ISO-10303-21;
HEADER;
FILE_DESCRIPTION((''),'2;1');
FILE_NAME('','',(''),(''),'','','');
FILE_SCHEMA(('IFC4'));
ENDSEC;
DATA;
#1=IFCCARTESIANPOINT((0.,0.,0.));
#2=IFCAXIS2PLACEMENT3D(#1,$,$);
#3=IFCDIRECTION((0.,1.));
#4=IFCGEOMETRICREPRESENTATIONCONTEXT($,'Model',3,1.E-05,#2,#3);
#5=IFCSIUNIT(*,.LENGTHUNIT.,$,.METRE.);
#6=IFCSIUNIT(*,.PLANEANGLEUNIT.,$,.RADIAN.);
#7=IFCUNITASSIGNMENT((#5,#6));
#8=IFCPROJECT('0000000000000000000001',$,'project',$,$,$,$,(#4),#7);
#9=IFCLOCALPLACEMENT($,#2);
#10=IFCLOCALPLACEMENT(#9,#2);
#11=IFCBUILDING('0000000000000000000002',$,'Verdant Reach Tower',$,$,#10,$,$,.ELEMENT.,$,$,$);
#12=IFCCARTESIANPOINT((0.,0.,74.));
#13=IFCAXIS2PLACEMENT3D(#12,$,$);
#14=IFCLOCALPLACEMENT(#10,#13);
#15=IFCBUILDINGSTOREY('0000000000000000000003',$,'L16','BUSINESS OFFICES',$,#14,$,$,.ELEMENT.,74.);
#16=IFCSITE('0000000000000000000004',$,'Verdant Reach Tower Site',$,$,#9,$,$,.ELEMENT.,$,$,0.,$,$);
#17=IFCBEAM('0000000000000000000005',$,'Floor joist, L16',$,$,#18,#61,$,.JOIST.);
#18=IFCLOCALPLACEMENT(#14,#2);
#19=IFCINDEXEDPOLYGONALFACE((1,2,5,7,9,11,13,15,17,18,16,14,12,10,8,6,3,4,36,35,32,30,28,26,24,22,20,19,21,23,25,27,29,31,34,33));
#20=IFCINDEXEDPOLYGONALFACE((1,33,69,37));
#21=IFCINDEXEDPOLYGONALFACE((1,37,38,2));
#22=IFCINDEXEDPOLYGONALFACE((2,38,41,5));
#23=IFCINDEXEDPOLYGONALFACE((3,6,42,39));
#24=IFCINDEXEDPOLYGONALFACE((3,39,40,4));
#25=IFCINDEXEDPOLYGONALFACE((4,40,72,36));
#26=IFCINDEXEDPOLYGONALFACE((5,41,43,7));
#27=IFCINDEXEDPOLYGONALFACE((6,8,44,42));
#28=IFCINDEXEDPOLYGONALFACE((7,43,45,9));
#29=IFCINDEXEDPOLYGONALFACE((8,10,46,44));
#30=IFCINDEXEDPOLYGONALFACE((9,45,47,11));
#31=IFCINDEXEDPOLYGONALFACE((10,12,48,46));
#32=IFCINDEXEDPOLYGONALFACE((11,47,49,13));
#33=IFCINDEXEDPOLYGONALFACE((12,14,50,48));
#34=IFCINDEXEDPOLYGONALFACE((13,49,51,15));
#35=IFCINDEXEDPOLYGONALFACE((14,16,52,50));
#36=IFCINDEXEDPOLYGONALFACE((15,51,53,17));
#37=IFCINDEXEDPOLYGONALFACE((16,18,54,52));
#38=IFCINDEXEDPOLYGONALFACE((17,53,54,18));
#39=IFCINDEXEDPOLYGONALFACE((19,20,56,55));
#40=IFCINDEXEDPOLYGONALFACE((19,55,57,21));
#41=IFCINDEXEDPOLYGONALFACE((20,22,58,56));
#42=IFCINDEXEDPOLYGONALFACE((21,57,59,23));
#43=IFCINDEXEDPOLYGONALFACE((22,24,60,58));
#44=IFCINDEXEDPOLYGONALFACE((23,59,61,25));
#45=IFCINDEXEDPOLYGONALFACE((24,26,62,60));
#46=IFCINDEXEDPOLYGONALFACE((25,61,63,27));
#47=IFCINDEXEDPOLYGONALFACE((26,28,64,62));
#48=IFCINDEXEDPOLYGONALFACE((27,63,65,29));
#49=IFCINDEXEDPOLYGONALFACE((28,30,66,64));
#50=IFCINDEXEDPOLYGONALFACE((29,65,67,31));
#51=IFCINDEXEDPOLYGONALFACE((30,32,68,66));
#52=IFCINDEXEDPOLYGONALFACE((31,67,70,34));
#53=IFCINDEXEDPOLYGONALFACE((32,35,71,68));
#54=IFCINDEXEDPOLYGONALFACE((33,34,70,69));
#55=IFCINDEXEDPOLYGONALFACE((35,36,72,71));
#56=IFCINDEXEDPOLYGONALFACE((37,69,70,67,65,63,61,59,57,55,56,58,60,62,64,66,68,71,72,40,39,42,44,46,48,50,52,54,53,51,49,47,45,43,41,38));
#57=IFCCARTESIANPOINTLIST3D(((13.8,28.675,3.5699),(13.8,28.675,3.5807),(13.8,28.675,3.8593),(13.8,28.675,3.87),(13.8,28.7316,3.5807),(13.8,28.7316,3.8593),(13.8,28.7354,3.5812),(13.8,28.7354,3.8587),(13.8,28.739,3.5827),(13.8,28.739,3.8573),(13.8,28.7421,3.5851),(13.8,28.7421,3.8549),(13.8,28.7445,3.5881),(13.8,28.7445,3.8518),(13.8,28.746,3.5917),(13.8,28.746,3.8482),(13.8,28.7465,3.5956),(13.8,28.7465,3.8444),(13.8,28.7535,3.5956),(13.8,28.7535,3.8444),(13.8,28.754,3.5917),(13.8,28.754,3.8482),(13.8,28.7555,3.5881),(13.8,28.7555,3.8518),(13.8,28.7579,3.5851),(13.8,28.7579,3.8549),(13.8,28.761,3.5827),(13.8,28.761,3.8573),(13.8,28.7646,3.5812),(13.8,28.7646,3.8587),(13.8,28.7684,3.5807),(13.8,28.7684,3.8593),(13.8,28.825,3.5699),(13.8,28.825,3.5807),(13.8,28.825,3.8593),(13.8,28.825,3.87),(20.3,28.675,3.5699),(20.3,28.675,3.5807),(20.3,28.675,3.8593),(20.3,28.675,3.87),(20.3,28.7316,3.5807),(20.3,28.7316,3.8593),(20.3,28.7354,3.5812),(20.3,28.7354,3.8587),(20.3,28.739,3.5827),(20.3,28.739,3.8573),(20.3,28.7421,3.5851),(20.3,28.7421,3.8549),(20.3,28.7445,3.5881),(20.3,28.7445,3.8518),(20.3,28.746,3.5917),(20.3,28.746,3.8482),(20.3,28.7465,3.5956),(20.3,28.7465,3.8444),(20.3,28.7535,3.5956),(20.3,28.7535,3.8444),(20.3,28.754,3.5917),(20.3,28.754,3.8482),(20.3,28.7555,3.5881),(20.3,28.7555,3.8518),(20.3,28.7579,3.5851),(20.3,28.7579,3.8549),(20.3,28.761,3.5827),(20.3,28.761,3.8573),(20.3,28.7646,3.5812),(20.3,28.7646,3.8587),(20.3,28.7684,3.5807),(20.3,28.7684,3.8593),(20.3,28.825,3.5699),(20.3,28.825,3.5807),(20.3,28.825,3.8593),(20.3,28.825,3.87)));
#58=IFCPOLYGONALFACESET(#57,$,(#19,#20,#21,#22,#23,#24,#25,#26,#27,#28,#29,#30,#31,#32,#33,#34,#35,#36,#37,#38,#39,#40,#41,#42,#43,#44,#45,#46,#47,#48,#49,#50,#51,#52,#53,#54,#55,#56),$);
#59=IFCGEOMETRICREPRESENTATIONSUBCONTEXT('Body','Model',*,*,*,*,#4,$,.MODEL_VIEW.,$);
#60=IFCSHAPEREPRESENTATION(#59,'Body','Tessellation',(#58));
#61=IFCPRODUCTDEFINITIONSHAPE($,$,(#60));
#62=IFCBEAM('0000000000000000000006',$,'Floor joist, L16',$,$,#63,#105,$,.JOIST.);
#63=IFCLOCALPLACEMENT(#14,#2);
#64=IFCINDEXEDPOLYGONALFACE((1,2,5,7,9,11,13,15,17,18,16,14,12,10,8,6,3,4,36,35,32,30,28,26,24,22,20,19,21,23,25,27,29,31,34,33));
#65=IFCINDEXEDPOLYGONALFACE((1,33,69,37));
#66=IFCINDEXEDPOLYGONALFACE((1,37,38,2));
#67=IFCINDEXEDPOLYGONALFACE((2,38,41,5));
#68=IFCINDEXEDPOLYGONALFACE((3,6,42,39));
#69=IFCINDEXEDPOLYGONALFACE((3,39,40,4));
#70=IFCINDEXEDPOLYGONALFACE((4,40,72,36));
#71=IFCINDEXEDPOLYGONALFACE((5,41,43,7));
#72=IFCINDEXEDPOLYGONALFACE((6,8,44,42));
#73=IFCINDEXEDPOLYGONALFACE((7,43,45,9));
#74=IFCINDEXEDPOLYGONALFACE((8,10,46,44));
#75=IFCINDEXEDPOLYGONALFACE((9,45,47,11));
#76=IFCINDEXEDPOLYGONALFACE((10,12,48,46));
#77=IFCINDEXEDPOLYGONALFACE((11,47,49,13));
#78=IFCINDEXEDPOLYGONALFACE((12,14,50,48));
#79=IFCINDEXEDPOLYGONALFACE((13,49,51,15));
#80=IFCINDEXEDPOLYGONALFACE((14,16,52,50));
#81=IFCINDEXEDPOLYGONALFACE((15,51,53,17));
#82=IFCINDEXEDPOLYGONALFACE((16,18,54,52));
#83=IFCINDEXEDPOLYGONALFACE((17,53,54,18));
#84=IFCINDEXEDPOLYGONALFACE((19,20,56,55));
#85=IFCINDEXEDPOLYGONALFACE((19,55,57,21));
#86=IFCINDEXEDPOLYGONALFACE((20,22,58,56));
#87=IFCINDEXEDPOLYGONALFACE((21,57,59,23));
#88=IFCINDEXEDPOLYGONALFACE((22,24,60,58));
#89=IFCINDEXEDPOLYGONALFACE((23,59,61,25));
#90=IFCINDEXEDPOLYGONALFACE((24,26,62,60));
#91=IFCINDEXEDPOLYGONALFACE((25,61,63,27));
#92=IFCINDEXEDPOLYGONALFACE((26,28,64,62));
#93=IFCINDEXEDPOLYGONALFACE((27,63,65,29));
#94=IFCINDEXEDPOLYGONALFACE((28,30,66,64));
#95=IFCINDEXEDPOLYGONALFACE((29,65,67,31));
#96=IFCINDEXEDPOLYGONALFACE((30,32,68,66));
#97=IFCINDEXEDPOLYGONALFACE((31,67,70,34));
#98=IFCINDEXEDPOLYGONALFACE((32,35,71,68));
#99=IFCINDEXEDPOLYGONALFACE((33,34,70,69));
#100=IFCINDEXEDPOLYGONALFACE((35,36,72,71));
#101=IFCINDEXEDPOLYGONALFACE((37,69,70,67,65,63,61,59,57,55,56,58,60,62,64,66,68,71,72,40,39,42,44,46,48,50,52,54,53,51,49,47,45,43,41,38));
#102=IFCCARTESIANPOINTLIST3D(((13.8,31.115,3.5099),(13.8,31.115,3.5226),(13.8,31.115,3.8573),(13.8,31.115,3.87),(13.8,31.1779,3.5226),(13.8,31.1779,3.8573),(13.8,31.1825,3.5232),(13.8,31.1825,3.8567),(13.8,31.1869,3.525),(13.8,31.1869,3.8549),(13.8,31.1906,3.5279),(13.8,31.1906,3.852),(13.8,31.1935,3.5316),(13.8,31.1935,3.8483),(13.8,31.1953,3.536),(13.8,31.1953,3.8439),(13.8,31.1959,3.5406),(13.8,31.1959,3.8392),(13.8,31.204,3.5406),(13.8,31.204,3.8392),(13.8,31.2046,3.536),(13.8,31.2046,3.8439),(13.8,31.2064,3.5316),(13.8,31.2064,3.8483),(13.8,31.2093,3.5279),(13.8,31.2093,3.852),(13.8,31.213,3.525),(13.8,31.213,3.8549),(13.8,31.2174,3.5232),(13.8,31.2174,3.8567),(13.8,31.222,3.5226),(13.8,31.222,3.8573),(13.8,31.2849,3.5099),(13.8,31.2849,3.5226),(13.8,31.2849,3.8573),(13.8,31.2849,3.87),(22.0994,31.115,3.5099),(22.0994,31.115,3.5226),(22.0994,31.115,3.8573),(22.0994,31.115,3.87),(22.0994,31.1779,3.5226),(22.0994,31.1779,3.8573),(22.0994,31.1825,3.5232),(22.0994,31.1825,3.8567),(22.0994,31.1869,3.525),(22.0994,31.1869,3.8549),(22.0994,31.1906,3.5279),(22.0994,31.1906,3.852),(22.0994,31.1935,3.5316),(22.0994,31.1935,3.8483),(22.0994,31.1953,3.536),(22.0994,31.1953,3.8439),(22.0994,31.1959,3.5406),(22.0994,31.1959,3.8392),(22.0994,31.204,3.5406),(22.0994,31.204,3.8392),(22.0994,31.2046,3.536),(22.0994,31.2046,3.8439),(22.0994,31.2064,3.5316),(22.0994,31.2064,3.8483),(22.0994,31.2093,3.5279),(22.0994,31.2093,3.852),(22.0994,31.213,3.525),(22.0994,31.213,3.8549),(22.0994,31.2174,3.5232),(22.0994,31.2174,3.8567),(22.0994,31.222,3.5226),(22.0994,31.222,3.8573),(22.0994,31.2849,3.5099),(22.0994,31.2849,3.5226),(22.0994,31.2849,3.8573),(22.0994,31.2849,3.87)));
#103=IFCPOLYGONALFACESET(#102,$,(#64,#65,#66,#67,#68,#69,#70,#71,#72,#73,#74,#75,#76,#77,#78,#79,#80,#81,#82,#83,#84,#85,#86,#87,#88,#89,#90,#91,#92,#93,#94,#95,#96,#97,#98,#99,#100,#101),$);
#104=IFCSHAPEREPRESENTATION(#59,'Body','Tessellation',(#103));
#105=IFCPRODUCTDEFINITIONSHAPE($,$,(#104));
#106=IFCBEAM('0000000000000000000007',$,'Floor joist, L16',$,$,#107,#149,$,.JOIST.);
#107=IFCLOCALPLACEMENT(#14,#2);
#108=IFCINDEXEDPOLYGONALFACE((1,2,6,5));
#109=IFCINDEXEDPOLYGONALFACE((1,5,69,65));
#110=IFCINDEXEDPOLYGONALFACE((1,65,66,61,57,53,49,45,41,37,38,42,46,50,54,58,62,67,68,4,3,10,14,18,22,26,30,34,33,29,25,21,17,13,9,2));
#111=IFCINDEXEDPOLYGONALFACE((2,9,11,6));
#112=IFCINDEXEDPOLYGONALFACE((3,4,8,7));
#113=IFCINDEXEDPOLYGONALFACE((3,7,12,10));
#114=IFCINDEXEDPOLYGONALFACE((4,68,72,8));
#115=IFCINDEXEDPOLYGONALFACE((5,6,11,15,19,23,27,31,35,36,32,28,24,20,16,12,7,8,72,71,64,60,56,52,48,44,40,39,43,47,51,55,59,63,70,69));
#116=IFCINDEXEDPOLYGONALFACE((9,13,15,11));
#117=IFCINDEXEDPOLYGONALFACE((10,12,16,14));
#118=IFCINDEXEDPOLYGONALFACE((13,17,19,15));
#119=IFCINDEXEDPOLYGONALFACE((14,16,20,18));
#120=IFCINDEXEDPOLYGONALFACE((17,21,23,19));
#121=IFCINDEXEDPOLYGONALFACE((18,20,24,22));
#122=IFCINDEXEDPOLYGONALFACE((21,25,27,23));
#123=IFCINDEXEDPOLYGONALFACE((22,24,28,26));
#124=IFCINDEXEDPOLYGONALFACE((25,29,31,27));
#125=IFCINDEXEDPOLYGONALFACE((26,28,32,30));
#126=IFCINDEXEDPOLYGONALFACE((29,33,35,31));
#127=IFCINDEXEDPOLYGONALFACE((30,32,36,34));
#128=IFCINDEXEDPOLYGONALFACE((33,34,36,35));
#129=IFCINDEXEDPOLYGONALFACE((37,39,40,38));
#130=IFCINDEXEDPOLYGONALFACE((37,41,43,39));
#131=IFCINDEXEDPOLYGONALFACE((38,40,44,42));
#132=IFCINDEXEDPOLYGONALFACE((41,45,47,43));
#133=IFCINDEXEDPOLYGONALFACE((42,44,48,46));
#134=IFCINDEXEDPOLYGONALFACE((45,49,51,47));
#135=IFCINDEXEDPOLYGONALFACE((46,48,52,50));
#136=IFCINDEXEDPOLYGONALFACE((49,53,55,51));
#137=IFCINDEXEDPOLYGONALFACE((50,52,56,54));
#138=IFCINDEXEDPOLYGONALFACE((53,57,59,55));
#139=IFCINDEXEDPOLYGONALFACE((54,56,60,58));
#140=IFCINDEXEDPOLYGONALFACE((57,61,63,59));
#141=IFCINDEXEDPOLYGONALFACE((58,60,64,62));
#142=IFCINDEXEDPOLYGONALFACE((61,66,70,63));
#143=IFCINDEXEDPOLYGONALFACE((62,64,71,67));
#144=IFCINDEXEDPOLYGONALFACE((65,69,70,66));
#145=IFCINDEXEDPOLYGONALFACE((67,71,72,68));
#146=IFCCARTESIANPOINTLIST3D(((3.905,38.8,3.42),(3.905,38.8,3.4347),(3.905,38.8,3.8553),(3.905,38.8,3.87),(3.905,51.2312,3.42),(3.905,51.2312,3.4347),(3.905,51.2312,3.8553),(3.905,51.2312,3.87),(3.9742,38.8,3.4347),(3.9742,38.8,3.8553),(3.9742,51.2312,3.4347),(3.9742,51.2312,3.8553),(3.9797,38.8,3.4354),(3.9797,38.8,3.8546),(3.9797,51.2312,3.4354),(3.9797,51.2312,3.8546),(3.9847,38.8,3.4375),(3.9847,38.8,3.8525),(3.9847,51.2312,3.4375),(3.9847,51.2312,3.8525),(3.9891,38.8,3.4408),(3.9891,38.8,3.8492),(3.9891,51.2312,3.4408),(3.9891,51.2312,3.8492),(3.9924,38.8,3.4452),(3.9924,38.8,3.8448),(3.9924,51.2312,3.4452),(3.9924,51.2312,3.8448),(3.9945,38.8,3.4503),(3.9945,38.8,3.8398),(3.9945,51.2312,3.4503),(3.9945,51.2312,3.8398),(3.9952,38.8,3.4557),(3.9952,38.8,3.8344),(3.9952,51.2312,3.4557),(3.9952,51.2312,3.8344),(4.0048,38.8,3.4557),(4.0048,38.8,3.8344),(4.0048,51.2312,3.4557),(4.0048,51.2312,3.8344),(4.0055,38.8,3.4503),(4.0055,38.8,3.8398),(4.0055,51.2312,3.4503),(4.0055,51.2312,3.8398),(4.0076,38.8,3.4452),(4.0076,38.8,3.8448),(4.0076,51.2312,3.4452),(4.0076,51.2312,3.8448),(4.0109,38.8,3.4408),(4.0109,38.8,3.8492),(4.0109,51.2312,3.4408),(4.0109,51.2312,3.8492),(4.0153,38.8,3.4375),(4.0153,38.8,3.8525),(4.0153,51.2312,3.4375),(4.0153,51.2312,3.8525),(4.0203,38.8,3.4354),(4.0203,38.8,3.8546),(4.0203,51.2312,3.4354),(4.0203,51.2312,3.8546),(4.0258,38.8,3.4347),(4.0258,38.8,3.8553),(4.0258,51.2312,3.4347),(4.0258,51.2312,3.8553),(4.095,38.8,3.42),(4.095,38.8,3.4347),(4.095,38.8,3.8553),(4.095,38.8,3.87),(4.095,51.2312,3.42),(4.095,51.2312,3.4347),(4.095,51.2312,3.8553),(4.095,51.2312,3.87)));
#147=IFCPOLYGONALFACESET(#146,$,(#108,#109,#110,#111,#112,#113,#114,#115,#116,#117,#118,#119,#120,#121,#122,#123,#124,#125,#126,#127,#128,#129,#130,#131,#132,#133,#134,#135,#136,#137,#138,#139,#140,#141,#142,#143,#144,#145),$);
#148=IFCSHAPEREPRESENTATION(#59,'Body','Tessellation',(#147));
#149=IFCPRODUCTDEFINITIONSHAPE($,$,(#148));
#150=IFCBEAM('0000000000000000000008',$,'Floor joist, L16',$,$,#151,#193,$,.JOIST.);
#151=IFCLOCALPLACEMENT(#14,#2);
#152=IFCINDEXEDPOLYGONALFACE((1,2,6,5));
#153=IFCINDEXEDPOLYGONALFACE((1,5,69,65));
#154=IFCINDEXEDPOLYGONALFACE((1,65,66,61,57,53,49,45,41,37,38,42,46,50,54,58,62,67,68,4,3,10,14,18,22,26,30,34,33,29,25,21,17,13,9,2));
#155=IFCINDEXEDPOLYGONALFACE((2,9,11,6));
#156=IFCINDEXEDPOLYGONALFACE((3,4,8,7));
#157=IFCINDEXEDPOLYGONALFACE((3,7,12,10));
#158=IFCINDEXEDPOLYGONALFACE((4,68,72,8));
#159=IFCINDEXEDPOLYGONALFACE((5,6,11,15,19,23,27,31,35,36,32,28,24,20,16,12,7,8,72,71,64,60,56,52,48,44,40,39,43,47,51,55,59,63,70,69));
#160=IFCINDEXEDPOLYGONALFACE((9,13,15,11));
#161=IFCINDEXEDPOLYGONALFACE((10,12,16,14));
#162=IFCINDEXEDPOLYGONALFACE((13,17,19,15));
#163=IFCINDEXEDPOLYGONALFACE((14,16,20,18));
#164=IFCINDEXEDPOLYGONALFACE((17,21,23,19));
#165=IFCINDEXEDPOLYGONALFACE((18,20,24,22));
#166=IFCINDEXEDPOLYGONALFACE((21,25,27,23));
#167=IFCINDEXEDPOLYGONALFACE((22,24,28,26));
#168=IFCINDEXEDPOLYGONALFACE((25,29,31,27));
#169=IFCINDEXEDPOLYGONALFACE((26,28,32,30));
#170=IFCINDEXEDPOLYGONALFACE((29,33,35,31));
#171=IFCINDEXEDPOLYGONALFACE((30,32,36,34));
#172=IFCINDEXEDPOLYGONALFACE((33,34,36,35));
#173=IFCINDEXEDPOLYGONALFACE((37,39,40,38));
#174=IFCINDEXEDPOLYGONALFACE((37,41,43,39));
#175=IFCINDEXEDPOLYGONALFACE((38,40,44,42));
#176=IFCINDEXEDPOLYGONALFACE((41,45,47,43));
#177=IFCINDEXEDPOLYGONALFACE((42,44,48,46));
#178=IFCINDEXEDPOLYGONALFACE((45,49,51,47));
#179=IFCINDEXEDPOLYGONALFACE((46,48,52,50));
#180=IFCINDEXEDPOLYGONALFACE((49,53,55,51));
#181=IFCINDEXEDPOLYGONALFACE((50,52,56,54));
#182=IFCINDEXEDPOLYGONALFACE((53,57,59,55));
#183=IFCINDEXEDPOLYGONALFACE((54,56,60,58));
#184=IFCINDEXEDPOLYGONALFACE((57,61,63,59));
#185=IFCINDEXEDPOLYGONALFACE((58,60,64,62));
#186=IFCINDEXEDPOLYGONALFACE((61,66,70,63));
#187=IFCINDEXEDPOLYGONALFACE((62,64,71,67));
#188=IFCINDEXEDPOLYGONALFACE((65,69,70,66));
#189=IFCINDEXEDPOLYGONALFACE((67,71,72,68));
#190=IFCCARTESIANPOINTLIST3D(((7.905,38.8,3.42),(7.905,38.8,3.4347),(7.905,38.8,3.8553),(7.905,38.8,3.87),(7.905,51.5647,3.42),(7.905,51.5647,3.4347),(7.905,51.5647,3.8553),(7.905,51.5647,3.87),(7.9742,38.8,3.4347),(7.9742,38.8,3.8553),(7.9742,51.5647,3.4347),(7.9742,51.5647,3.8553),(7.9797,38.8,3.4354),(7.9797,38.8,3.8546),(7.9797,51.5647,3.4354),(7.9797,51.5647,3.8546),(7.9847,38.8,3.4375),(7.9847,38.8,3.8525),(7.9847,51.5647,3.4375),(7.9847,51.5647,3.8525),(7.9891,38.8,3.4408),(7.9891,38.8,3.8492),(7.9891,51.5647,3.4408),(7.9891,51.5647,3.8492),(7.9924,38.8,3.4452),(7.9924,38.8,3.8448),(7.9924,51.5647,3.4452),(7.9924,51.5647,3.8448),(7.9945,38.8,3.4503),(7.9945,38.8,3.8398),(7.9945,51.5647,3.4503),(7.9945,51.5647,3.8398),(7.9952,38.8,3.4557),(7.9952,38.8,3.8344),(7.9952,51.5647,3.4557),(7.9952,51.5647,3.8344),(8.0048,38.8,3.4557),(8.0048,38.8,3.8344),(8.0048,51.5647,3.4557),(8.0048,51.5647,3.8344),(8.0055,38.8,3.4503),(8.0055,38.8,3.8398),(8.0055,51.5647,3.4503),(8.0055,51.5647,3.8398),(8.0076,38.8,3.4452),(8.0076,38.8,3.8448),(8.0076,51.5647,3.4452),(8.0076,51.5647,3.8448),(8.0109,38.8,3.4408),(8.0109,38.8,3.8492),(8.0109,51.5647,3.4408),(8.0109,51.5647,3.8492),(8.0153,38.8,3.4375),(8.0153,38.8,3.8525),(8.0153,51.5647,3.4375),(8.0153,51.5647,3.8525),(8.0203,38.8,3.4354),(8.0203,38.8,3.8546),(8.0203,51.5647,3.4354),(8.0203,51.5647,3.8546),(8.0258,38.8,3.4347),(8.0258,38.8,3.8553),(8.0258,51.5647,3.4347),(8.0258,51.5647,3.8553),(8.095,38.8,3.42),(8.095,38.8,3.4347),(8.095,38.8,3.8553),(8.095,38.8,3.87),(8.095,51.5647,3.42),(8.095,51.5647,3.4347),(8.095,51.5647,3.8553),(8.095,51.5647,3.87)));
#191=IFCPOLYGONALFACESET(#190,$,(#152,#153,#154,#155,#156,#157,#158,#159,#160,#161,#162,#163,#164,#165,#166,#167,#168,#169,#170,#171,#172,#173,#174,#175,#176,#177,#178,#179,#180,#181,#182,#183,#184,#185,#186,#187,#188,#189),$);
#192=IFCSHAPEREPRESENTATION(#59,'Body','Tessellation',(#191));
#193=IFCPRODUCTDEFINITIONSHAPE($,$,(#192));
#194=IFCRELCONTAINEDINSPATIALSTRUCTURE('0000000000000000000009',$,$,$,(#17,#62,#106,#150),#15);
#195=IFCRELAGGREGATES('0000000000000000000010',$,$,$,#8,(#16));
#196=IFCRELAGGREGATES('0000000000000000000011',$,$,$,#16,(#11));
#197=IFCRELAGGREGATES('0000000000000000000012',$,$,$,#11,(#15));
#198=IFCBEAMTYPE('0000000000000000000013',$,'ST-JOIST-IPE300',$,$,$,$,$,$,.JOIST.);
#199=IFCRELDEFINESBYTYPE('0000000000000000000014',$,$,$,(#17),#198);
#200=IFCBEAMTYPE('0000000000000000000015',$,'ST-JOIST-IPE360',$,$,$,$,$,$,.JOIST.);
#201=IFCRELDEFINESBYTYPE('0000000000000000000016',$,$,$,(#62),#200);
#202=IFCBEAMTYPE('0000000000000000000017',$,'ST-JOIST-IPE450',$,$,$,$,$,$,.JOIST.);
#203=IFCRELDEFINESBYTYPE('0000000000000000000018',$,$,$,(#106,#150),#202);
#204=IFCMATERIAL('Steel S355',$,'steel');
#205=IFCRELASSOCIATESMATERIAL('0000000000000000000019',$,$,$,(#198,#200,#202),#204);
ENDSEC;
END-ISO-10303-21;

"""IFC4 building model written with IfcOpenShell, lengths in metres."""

from ifc_helpers import new_model, si_unit, direction, frame, origin, origin_2d, place, context, subcontext, project, spatial, i_section, extrude, material, material_profile, profile_set, type_object, element, save


model = new_model("IFC4")

# Units and contexts
model_context = context("Model", 3, precision=1e-05, world=origin(), true_north=direction((0.0, 1.0)))
body_context = subcontext(model_context, "Body", "Model", "MODEL_VIEW")
ifc_project = project(units=[si_unit("LENGTHUNIT", "METRE"), si_unit("PLANEANGLEUNIT", "RADIAN")], contexts=[model_context])

# Site, building, storey
site_placement = place(None, origin())
site = spatial("IfcSite", under=ifc_project, at=site_placement, Name="Verdant Reach Tower Site", CompositionType="ELEMENT", RefElevation=0.0)
building_placement = place(site_placement, origin())
building = spatial("IfcBuilding", under=site, at=building_placement, Name="Verdant Reach Tower", CompositionType="ELEMENT")
storey_placement = place(building_placement, frame((0.0, 0.0, 74.0)))
storey = spatial("IfcBuildingStorey", under=building, at=storey_placement, Name="L16", Description="BUSINESS OFFICES", CompositionType="ELEMENT", Elevation=74.0)

# Beams
ifc_material_1 = material(Name="Steel S355", Category="steel")
ifc_material_profile_1 = material_profile(ifc_material_1, i_section(OverallWidth=0.1499, OverallDepth=0.3, WebThickness=0.0071, FlangeThickness=0.0107, FilletRadius=0.0149, at=origin_2d()), Name="IPE 300")
ifc_profile_set_1 = profile_set([ifc_material_profile_1], Name="Steel S355")
beam_type_1 = type_object("IfcBeamType", Name="ST-JOIST-IPE300", PredefinedType="JOIST", material=ifc_profile_set_1)
beam_1_placement = place(storey_placement, frame((13.8, 28.75, 3.72), z_axis=(1.0, 0.0, 0.0), x_axis=(0.0, 1.0, 0.0)))
element("IfcBeam", 1, at=beam_1_placement, inside=storey, type_object=beam_type_1, Name="Floor joist, L16", PredefinedType="JOIST", context=body_context, shape_type="SweptSolid", body=[
    extrude(i_section(OverallWidth=0.1499, OverallDepth=0.3, WebThickness=0.0071, FlangeThickness=0.0107, FilletRadius=0.0149, at=origin_2d()), origin(), (0.0, 0.0, 1.0), 6.5),
])
ifc_material_profile_2 = material_profile(ifc_material_1, i_section(OverallWidth=0.1699, OverallDepth=0.3601, WebThickness=0.0081, FlangeThickness=0.0127, FilletRadius=0.0181, at=origin_2d()), Name="IPE 360")
ifc_profile_set_2 = profile_set([ifc_material_profile_2], Name="Steel S355")
beam_type_2 = type_object("IfcBeamType", Name="ST-JOIST-IPE360", PredefinedType="JOIST", material=ifc_profile_set_2)
beam_2_placement = place(storey_placement, frame((13.8, 31.2, 3.6899), z_axis=(1.0, 0.0, 0.0), x_axis=(0.0, 1.0, 0.0)))
element("IfcBeam", 2, at=beam_2_placement, inside=storey, type_object=beam_type_2, Name="Floor joist, L16", PredefinedType="JOIST", context=body_context, shape_type="SweptSolid", body=[
    extrude(i_section(OverallWidth=0.1699, OverallDepth=0.3601, WebThickness=0.0081, FlangeThickness=0.0127, FilletRadius=0.0181, at=origin_2d()), origin(), (0.0, 0.0, 1.0), 8.2993),
])
ifc_material_profile_3 = material_profile(ifc_material_1, i_section(OverallWidth=0.1899, OverallDepth=0.45, WebThickness=0.0095, FlangeThickness=0.0146, FilletRadius=0.021, at=origin_2d()), Name="IPE 450")
ifc_profile_set_3 = profile_set([ifc_material_profile_3], Name="Steel S355")
beam_type_3 = type_object("IfcBeamType", Name="ST-JOIST-IPE450", PredefinedType="JOIST", material=ifc_profile_set_3)
beam_3_placement = place(storey_placement, frame((4.0, 38.8, 3.645), z_axis=(0.0, 1.0, 0.0), x_axis=(-1.0, 0.0, 0.0)))
element("IfcBeam", 3, at=beam_3_placement, inside=storey, type_object=beam_type_3, Name="Floor joist, L16", PredefinedType="JOIST", context=body_context, shape_type="SweptSolid", body=[
    extrude(i_section(OverallWidth=0.1899, OverallDepth=0.45, WebThickness=0.0095, FlangeThickness=0.0146, FilletRadius=0.021, at=origin_2d()), origin(), (0.0, 0.0, 1.0), 12.4312),
])
beam_4_placement = place(storey_placement, frame((8.0, 38.8, 3.645), z_axis=(0.0, 1.0, 0.0), x_axis=(-1.0, 0.0, 0.0)))
element("IfcBeam", 4, at=beam_4_placement, inside=storey, type_object=beam_type_3, Name="Floor joist, L16", PredefinedType="JOIST", context=body_context, shape_type="SweptSolid", body=[
    extrude(i_section(OverallWidth=0.1899, OverallDepth=0.45, WebThickness=0.0095, FlangeThickness=0.0146, FilletRadius=0.021, at=origin_2d()), origin(), (0.0, 0.0, 1.0), 12.7646),
])

save(model, "model.ifc")
